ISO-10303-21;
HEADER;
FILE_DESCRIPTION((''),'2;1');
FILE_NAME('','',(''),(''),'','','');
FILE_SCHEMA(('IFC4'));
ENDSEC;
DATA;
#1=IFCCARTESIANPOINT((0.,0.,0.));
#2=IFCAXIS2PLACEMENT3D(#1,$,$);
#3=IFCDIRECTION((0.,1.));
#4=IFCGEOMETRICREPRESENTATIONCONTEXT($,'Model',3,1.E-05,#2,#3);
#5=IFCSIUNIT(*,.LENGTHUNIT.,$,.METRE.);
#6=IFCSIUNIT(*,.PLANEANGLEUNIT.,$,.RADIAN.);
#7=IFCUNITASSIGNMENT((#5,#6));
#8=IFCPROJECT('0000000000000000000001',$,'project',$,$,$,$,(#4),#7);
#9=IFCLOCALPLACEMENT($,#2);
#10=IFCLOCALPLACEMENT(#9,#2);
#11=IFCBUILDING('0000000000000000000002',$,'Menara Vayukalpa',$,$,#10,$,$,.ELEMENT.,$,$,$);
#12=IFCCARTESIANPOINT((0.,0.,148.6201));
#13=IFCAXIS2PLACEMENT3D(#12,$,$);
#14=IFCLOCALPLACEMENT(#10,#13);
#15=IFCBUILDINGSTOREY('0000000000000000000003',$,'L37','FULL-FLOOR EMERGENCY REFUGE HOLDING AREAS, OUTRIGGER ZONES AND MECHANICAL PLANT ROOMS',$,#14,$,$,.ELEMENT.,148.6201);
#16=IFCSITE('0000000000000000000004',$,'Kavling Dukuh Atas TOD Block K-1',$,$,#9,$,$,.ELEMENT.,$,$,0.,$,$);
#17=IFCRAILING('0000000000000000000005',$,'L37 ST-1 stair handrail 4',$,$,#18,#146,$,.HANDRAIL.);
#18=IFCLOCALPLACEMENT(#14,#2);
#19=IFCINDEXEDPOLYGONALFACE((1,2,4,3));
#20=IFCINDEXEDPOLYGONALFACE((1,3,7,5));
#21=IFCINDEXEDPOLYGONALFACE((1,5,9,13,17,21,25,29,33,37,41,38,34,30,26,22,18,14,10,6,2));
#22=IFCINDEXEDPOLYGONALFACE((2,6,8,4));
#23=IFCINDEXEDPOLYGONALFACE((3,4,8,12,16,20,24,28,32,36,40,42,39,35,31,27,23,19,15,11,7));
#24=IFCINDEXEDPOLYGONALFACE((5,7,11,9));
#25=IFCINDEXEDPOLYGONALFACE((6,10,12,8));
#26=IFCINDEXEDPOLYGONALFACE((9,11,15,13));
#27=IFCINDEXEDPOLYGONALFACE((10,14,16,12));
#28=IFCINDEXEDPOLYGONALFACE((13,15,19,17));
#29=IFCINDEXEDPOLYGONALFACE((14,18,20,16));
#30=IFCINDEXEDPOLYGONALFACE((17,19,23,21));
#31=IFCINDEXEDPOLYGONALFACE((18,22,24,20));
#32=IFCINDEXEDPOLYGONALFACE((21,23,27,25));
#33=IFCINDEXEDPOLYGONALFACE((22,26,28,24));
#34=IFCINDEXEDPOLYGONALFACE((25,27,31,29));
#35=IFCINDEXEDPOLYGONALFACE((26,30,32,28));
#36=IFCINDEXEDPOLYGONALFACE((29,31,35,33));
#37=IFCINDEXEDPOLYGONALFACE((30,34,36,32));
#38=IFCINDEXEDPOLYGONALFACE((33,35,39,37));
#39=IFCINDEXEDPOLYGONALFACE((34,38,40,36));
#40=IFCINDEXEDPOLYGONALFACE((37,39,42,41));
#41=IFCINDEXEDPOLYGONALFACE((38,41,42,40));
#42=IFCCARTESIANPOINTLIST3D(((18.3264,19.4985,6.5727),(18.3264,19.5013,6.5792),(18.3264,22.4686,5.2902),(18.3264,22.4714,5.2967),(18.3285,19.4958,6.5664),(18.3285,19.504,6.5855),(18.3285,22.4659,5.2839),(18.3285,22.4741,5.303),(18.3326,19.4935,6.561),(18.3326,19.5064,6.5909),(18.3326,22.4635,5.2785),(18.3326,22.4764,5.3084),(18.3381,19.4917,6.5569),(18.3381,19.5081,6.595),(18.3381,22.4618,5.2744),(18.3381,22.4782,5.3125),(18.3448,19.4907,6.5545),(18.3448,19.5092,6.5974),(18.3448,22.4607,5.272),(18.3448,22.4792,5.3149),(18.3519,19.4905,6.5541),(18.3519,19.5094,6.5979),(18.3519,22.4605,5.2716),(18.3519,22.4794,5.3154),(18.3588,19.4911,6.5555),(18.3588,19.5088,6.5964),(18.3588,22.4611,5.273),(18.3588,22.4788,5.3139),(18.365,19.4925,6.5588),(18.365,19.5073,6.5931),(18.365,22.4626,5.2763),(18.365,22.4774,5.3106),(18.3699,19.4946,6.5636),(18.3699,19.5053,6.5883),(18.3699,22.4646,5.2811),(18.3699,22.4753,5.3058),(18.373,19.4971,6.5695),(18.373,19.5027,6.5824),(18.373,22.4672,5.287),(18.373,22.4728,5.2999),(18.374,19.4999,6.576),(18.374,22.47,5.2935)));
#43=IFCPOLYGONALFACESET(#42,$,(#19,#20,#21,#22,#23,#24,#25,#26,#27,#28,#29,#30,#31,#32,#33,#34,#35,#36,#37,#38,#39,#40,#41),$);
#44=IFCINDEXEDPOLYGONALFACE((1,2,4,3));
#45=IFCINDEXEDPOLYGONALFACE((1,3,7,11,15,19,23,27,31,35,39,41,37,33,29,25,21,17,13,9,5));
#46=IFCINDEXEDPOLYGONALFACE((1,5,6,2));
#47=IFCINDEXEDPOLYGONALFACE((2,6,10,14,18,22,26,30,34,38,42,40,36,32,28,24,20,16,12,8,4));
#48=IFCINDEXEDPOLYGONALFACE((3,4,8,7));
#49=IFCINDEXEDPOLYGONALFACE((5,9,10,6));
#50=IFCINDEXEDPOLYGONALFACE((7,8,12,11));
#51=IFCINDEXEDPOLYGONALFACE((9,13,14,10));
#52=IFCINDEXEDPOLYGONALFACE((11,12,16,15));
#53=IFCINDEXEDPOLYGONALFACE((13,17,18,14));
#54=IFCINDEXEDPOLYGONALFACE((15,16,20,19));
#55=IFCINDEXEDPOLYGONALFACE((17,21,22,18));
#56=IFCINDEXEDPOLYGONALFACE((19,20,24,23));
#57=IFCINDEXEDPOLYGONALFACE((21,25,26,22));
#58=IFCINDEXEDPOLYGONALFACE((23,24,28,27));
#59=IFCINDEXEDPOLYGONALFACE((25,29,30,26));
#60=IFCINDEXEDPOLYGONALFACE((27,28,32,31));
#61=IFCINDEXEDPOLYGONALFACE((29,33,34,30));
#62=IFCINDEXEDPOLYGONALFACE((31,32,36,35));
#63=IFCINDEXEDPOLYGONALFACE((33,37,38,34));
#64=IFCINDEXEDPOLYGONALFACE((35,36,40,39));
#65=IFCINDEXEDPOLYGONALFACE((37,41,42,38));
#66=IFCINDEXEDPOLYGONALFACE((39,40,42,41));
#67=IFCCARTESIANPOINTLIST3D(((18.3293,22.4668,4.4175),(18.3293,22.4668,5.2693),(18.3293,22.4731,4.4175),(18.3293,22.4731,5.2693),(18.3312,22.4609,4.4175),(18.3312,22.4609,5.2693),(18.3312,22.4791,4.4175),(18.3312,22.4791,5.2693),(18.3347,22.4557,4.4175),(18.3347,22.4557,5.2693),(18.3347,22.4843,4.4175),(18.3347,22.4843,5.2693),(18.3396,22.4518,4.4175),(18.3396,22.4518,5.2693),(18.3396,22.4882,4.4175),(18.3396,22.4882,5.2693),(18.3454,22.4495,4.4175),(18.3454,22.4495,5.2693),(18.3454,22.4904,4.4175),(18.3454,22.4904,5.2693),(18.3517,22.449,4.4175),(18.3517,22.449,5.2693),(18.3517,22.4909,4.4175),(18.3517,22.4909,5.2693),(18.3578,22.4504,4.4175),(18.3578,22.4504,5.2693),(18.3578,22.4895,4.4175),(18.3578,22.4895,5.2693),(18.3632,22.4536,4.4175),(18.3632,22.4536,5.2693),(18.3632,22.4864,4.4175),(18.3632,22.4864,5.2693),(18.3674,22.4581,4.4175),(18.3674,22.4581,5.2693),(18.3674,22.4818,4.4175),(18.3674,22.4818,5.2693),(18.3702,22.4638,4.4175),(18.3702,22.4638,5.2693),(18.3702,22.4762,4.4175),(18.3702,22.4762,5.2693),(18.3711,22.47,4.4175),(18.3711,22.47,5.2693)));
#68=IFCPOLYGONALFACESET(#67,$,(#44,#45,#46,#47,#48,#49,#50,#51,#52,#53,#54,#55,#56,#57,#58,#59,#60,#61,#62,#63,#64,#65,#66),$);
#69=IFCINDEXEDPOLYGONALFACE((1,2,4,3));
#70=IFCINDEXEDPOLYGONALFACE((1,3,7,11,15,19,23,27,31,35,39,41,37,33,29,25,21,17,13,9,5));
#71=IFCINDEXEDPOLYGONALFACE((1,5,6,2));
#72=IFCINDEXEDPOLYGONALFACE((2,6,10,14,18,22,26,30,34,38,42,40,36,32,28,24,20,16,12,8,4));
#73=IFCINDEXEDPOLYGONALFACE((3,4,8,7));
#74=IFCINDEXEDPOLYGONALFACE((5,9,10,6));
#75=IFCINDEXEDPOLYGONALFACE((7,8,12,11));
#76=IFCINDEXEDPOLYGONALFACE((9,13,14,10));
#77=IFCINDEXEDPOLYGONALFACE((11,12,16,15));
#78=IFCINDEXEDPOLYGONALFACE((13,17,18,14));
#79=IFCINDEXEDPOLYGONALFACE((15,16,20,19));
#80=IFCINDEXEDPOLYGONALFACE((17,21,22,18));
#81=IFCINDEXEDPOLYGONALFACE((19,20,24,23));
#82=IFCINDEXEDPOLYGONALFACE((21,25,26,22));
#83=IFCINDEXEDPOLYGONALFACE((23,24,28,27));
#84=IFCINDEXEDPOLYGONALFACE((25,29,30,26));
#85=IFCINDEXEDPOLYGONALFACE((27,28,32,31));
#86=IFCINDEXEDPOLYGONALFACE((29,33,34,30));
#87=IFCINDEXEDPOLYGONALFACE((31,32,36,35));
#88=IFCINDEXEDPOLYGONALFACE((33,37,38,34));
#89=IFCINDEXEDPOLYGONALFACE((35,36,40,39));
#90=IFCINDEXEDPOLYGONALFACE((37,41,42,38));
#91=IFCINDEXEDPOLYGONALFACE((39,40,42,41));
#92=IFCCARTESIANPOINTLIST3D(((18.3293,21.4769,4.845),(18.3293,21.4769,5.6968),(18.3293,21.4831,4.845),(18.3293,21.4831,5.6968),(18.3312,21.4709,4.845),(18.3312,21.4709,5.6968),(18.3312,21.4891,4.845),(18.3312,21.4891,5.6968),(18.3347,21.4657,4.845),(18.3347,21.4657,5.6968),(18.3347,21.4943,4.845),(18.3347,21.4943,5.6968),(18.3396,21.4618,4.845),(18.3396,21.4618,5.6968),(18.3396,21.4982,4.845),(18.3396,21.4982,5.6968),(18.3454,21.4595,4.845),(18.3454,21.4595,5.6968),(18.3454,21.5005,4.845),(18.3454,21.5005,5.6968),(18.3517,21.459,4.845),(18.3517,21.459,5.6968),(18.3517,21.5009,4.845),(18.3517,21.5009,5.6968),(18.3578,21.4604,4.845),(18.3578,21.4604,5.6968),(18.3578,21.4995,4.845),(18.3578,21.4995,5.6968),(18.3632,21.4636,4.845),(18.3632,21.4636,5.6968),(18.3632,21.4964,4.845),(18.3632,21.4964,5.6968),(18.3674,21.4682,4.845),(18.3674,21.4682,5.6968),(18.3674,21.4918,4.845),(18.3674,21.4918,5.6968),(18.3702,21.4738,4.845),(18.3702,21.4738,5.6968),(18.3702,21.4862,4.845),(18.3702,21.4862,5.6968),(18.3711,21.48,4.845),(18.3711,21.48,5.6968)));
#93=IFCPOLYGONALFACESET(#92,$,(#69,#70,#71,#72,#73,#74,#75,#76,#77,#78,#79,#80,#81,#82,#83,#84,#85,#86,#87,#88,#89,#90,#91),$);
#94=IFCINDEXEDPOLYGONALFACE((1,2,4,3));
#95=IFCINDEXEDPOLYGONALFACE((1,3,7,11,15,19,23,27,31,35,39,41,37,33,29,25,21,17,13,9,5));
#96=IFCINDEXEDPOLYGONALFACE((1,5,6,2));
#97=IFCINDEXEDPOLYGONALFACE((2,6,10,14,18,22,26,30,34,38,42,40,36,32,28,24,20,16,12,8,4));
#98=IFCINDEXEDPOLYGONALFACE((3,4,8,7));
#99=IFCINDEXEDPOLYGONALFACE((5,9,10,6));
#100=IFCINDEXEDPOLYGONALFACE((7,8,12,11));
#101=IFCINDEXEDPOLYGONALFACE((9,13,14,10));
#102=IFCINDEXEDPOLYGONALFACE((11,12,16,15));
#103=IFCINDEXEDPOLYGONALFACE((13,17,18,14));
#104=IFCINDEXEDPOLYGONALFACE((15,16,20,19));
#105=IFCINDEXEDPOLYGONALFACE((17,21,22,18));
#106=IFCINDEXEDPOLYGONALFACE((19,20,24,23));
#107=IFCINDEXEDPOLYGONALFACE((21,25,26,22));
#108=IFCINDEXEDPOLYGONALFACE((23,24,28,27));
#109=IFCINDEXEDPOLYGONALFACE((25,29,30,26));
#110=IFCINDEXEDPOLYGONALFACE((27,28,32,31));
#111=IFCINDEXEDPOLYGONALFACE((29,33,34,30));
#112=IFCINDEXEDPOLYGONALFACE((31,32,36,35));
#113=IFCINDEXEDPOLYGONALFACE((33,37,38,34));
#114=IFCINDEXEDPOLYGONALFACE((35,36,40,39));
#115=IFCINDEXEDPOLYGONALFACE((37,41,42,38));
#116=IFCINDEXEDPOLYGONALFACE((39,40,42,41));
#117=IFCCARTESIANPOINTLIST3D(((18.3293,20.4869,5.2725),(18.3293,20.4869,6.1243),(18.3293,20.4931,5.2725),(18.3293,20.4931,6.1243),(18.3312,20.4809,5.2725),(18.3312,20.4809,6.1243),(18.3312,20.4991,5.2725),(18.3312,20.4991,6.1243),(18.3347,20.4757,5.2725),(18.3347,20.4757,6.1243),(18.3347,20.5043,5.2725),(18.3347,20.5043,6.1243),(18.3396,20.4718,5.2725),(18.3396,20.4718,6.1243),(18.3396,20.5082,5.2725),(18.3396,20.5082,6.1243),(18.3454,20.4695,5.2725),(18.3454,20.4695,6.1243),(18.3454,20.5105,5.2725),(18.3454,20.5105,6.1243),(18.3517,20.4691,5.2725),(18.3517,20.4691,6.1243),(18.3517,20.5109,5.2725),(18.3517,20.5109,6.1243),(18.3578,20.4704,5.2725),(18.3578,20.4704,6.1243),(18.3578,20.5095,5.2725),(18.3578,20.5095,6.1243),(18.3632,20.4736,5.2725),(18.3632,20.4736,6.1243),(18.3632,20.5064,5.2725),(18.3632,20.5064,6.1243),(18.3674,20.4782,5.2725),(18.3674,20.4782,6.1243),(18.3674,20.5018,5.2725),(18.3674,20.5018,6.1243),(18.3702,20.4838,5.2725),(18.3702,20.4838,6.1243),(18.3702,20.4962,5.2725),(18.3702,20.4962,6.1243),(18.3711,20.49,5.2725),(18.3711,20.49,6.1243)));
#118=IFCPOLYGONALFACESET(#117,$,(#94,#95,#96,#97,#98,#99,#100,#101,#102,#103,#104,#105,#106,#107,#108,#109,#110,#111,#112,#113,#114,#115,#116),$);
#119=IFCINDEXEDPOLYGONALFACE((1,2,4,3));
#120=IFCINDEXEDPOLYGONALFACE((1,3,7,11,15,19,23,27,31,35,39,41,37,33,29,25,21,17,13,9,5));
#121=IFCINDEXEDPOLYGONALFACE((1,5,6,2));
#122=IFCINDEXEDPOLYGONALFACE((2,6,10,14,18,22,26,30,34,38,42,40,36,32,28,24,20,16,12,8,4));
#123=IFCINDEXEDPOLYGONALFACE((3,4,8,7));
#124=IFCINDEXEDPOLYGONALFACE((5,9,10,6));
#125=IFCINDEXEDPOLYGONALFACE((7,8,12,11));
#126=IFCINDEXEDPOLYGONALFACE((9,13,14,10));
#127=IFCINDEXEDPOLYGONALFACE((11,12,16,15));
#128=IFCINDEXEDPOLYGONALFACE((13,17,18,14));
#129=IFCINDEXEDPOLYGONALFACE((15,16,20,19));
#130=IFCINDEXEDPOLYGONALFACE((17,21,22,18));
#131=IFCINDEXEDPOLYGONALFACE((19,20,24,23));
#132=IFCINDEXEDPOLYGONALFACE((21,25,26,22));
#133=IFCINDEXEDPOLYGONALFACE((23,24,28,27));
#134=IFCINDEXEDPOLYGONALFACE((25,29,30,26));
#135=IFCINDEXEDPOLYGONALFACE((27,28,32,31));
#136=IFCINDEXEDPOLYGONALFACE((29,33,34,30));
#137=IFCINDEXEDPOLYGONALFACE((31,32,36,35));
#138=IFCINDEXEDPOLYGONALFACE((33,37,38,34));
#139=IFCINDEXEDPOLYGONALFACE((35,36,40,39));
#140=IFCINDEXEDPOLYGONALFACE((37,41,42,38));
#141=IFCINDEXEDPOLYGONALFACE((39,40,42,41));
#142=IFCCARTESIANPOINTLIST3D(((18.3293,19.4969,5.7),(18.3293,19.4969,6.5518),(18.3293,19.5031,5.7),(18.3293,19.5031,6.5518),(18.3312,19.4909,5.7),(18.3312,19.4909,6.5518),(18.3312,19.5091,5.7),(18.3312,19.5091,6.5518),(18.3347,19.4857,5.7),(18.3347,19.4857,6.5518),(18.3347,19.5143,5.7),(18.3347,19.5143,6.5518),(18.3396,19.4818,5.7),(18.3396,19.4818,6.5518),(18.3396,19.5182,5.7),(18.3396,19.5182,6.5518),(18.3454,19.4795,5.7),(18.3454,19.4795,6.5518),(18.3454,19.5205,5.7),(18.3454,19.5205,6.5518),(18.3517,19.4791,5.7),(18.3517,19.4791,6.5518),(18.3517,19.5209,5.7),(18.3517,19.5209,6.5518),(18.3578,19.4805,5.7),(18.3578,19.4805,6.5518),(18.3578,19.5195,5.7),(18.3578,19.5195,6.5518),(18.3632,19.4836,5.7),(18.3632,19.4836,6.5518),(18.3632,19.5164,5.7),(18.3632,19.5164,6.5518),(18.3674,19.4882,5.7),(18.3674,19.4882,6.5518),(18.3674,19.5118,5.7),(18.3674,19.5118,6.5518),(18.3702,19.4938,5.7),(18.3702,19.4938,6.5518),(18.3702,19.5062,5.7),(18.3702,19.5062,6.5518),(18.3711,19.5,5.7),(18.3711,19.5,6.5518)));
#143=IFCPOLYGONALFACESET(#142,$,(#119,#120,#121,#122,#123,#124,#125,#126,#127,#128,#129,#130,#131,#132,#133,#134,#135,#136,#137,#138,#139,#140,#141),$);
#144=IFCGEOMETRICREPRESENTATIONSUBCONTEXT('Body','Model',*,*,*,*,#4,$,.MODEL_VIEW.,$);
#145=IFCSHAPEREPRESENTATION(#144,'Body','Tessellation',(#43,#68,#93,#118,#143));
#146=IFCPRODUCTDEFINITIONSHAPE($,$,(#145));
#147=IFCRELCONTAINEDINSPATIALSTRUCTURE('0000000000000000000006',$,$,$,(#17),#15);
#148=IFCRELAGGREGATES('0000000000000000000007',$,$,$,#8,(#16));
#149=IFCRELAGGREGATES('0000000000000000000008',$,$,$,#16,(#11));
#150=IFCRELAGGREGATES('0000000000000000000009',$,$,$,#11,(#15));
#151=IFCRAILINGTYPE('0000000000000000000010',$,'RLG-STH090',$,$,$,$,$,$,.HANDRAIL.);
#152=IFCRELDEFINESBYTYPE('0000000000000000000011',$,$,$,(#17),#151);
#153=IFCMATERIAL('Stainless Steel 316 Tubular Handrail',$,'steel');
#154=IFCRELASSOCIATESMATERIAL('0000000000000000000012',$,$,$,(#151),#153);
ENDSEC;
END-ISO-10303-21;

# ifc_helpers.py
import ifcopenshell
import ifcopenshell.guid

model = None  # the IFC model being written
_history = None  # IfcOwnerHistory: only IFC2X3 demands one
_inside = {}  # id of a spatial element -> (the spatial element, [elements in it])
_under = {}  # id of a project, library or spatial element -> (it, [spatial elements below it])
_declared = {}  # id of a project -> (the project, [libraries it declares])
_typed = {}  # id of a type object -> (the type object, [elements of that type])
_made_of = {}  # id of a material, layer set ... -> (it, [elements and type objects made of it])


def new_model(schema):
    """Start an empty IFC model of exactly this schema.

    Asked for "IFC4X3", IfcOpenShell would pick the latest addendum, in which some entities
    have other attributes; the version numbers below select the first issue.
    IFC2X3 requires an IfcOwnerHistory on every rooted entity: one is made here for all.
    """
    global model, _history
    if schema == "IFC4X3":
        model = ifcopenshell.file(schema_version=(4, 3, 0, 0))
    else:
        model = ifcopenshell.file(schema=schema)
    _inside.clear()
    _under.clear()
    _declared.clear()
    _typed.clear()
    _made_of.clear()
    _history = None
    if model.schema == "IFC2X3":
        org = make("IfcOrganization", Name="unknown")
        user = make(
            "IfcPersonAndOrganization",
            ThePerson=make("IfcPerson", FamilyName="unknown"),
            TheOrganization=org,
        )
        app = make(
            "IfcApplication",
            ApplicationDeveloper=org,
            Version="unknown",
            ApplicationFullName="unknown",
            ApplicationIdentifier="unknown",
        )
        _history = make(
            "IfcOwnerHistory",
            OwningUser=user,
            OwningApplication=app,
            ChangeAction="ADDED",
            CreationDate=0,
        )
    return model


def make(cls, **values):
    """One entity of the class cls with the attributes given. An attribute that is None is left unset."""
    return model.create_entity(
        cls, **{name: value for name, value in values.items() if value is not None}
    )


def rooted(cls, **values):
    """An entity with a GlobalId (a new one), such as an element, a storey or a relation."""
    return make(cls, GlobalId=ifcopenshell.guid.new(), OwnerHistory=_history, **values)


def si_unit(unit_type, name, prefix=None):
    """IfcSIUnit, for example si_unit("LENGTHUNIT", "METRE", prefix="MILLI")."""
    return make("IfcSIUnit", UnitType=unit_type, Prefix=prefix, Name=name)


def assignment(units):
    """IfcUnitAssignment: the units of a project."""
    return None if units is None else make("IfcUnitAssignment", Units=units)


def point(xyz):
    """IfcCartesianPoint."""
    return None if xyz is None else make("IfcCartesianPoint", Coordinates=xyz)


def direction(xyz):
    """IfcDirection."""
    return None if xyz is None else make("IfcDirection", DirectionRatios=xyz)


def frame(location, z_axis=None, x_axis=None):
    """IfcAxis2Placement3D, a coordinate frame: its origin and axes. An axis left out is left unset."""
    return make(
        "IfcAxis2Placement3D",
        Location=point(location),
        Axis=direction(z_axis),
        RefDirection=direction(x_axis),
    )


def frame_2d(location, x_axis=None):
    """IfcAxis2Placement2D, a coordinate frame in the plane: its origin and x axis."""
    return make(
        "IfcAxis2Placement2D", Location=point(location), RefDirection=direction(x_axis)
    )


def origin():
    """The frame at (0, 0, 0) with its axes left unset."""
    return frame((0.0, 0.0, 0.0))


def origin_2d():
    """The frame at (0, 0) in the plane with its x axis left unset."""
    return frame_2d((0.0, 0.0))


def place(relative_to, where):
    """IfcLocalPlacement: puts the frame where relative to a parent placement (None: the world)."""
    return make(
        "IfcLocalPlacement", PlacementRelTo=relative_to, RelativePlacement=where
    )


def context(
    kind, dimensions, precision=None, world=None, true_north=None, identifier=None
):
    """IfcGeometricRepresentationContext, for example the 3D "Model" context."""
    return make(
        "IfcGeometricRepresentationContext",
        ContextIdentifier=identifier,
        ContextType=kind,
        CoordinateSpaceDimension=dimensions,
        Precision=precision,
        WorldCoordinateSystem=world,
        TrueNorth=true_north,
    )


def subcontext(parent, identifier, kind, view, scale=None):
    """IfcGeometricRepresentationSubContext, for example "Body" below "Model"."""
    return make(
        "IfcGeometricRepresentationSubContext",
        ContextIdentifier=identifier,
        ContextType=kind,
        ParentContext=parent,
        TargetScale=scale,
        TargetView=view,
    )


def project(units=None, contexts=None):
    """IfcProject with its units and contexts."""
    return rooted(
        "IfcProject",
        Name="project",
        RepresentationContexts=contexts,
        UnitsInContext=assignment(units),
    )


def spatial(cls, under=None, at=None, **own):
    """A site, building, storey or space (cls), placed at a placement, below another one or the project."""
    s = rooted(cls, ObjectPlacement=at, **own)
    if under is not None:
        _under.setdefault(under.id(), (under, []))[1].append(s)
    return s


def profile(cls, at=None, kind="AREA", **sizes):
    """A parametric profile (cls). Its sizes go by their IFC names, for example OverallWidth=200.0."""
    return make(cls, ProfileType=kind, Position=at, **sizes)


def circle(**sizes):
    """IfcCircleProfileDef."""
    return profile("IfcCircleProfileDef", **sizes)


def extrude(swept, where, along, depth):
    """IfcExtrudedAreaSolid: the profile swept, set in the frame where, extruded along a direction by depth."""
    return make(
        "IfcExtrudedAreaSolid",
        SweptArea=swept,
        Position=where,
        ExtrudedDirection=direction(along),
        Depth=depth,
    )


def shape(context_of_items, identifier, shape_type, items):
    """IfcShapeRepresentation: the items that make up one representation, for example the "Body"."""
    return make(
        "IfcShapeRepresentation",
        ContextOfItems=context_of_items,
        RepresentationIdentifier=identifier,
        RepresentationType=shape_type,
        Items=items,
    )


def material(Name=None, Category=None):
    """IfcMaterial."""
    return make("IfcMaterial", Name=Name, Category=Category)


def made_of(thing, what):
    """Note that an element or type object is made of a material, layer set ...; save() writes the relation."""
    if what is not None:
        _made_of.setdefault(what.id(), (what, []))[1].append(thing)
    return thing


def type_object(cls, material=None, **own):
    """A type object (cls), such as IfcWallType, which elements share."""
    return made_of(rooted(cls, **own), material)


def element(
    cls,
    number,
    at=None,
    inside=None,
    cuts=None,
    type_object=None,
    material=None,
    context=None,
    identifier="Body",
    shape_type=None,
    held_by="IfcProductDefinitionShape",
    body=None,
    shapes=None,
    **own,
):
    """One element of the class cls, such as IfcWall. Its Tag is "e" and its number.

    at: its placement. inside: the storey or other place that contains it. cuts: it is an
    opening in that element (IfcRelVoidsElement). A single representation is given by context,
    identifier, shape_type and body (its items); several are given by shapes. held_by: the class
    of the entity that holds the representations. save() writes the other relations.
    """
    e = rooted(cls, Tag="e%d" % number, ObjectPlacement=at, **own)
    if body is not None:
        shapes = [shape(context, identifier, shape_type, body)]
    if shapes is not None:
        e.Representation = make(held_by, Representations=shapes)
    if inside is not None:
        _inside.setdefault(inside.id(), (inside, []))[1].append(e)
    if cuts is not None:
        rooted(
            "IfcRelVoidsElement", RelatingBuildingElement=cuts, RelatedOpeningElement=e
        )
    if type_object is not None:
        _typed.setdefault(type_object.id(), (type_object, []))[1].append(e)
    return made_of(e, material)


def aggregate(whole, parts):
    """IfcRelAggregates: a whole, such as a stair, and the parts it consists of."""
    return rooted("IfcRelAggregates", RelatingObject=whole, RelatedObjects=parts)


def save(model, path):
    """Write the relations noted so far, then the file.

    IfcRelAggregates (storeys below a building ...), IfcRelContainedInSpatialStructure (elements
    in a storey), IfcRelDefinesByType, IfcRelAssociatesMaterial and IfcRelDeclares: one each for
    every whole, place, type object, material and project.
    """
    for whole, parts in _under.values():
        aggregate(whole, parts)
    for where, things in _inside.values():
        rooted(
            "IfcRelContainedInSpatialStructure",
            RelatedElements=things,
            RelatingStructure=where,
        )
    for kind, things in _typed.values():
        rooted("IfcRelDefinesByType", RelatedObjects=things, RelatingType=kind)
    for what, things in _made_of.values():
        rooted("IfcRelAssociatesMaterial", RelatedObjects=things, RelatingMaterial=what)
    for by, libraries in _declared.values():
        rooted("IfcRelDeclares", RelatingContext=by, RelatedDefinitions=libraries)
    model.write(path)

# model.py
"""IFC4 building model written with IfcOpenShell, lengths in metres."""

from ifc_helpers import new_model, si_unit, direction, frame, origin, origin_2d, place, context, subcontext, project, spatial, circle, extrude, material, type_object, element, save


model = new_model("IFC4")

# Units and contexts
model_context = context("Model", 3, precision=1e-05, world=origin(), true_north=direction((0.0, 1.0)))
body_context = subcontext(model_context, "Body", "Model", "MODEL_VIEW")
ifc_project = project(units=[si_unit("LENGTHUNIT", "METRE"), si_unit("PLANEANGLEUNIT", "RADIAN")], contexts=[model_context])

# Site, building, storey
site_placement = place(None, origin())
site = spatial("IfcSite", under=ifc_project, at=site_placement, Name="Kavling Dukuh Atas TOD Block K-1", CompositionType="ELEMENT", RefElevation=0.0)
building_placement = place(site_placement, origin())
building = spatial("IfcBuilding", under=site, at=building_placement, Name="Menara Vayukalpa", CompositionType="ELEMENT")
storey_placement = place(building_placement, frame((0.0, 0.0, 148.6201)))
storey = spatial("IfcBuildingStorey", under=building, at=storey_placement, Name="L37", Description="FULL-FLOOR EMERGENCY REFUGE HOLDING AREAS, OUTRIGGER ZONES AND MECHANICAL PLANT ROOMS", CompositionType="ELEMENT", Elevation=148.6201)

# Railing
ifc_material_1 = material(Name="Stainless Steel 316 Tubular Handrail", Category="steel")
railing_type_1 = type_object("IfcRailingType", Name="RLG-STH090", PredefinedType="HANDRAIL", material=ifc_material_1)
railing_1_placement = place(storey_placement, frame((18.3501, 22.47, 4.4175)))
element("IfcRailing", 1, at=railing_1_placement, inside=storey, type_object=railing_type_1, Name="L37 ST-1 stair handrail 4", PredefinedType="HANDRAIL", context=body_context, shape_type="SweptSolid", body=[
    extrude(circle(Radius=0.0239, at=origin_2d()), frame((0.0, 0.0, 0.876), z_axis=(0.0, -0.918064, 0.396432), x_axis=(1.0, 0.0, 0.0)), (0.0, 0.0, 1.0), 3.2351),
    extrude(circle(Radius=0.021, at=origin_2d()), origin(), (0.0, 0.0, 1.0), 0.8518),
    extrude(circle(Radius=0.021, at=origin_2d()), frame((0.0, -0.99, 0.4275)), (0.0, 0.0, 1.0), 0.8518),
    extrude(circle(Radius=0.021, at=origin_2d()), frame((0.0, -1.98, 0.855)), (0.0, 0.0, 1.0), 0.8518),
    extrude(circle(Radius=0.021, at=origin_2d()), frame((0.0, -2.97, 1.2825)), (0.0, 0.0, 1.0), 0.8518),
])

save(model, "model.ifc")
